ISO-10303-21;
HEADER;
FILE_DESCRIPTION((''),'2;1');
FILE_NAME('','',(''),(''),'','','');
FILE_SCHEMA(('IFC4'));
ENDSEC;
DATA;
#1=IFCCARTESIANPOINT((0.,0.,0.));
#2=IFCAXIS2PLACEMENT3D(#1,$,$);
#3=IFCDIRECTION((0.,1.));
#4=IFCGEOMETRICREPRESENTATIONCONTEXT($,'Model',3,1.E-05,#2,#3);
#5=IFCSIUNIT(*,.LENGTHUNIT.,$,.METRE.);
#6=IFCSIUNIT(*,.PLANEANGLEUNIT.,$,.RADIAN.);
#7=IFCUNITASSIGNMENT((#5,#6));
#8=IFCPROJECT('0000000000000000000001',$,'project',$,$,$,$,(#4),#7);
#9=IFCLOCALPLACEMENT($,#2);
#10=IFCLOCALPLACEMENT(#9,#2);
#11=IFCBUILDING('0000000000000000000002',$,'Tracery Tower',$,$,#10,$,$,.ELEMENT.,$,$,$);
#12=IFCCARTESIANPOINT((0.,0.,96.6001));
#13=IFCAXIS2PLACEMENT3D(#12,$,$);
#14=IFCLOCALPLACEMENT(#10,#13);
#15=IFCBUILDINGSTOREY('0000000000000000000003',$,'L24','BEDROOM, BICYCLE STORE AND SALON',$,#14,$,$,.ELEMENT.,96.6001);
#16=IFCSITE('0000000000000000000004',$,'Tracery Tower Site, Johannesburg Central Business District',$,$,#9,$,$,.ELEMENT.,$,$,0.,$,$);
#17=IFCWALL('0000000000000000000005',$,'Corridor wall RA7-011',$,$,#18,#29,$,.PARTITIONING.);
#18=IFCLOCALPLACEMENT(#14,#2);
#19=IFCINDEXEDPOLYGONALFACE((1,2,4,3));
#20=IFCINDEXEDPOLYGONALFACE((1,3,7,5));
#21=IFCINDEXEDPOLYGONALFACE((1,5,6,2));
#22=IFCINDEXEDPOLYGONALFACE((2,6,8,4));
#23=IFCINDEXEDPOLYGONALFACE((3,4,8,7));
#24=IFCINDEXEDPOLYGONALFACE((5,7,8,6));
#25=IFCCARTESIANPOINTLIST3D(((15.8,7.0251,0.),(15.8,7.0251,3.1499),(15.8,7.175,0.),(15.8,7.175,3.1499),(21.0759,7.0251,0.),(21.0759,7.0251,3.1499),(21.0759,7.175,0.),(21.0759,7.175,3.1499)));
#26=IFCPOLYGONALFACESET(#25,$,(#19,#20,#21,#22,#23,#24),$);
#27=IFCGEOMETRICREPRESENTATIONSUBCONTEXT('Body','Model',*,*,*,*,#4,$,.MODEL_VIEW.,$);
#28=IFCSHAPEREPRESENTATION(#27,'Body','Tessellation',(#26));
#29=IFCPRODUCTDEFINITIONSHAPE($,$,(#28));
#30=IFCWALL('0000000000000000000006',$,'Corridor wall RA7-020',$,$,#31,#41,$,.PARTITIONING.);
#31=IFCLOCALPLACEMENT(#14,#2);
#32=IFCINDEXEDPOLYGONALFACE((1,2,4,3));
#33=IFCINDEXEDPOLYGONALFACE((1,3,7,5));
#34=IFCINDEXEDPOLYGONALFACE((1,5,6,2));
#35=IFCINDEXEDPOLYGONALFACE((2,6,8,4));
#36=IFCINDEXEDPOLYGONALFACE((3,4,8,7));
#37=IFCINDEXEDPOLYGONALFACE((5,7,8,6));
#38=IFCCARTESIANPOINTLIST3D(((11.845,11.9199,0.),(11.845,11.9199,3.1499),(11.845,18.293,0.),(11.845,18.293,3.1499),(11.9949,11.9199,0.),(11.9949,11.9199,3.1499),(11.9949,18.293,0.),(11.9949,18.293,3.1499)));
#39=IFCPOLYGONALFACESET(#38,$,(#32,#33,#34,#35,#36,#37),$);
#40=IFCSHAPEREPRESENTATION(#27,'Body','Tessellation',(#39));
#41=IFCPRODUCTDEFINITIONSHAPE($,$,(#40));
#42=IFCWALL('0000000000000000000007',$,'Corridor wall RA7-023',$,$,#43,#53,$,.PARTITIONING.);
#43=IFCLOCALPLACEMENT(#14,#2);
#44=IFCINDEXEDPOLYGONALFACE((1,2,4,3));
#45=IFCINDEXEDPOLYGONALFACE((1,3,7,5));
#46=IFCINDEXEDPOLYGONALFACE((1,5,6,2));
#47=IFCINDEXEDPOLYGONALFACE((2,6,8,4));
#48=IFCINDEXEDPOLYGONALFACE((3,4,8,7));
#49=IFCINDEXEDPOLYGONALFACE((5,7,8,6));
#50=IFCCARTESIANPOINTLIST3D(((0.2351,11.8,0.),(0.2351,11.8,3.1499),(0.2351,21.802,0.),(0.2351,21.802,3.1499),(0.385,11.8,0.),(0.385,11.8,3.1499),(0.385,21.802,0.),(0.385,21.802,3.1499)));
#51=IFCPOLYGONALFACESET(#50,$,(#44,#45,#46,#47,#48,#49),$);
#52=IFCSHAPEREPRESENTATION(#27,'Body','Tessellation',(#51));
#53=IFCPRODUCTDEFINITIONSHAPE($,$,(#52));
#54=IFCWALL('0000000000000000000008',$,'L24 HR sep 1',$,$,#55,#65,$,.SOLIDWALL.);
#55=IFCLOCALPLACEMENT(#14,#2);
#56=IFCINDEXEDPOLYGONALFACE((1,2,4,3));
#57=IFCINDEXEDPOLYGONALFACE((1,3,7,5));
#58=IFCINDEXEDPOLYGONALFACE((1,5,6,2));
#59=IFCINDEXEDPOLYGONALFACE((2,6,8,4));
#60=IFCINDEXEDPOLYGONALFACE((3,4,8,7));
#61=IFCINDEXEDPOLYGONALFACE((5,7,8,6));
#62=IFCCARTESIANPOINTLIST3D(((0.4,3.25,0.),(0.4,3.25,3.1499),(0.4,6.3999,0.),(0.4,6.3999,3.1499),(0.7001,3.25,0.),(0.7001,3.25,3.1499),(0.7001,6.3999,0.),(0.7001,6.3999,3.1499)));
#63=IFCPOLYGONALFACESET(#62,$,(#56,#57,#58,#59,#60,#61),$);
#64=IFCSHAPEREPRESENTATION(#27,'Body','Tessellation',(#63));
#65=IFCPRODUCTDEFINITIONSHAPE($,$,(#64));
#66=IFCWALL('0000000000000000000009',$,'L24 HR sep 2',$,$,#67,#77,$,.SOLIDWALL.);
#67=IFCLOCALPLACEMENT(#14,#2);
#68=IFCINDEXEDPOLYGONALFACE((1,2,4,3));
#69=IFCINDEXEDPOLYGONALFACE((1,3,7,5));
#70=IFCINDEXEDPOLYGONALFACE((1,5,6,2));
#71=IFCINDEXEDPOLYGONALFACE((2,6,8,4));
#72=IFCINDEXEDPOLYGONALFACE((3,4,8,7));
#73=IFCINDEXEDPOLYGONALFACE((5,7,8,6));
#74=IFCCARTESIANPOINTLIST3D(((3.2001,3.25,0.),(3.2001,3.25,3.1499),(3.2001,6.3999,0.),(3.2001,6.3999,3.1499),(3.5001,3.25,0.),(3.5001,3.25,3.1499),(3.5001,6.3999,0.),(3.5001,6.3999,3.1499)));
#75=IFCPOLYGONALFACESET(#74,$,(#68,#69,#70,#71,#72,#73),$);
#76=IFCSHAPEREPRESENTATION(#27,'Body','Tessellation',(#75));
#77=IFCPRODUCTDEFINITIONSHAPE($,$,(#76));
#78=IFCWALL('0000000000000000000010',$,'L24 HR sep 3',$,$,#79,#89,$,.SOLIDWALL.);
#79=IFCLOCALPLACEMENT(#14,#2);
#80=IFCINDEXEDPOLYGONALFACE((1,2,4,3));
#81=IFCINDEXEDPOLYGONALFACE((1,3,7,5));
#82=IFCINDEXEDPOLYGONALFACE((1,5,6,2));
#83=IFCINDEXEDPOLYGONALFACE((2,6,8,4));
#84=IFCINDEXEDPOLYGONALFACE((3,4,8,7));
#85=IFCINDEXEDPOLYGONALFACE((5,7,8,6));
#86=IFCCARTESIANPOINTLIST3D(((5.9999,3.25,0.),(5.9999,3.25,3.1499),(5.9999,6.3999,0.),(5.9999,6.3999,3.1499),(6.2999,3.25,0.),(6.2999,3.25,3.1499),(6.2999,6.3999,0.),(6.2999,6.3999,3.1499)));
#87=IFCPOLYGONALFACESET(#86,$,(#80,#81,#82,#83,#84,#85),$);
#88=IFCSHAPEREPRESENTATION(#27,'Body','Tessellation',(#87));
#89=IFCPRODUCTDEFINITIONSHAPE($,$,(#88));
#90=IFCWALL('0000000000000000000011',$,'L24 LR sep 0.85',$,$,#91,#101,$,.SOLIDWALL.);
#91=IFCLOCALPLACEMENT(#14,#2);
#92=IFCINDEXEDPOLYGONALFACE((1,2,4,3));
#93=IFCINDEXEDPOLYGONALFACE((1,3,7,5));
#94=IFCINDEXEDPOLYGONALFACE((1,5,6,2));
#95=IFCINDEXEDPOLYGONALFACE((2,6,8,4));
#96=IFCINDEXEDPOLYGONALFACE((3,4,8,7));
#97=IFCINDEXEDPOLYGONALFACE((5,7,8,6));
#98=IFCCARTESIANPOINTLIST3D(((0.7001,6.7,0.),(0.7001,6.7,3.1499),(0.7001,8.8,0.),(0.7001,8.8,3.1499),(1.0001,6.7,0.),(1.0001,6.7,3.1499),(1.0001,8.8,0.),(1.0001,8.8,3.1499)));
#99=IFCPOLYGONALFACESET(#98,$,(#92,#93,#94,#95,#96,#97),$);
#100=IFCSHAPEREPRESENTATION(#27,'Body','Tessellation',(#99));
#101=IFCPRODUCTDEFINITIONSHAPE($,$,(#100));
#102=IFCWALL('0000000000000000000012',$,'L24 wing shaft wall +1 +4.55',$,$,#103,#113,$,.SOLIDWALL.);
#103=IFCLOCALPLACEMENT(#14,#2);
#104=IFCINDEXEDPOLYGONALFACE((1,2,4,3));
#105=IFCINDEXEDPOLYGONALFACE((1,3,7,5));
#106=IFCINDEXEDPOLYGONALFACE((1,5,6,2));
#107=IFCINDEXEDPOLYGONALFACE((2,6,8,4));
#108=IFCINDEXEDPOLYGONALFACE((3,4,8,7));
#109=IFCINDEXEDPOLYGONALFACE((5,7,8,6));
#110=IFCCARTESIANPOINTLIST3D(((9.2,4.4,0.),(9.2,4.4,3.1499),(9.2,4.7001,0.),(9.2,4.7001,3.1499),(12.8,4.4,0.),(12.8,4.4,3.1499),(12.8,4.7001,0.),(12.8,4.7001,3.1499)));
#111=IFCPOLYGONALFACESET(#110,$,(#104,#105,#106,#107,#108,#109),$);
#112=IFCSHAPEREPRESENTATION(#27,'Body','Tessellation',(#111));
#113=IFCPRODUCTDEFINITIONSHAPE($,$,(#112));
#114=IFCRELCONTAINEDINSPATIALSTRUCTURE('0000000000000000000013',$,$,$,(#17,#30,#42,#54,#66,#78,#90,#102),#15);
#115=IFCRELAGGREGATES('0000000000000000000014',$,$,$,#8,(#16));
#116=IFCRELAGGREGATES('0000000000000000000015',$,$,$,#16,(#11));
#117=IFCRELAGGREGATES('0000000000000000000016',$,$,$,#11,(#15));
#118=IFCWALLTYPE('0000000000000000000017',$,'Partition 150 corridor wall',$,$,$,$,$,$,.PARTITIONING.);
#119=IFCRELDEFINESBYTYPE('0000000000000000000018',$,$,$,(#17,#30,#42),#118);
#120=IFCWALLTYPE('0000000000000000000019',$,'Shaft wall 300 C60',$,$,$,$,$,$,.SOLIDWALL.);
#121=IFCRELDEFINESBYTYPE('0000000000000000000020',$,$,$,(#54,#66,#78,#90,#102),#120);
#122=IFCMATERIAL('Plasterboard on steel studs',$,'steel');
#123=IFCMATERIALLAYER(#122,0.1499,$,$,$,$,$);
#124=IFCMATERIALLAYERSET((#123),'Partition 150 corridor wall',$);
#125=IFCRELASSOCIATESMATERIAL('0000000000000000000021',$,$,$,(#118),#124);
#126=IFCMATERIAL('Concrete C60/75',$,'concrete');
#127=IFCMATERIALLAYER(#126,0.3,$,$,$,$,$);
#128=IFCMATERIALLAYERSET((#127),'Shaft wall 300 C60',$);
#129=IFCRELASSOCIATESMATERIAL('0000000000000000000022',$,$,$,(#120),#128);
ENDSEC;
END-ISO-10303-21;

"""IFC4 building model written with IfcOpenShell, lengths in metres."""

from ifc_helpers import new_model, si_unit, direction, frame, frame_2d, origin, place, context, subcontext, project, spatial, rectangle, extrude, material, layer, layer_set, type_object, element, save


model = new_model("IFC4")

# Units and contexts
model_context = context("Model", 3, precision=1e-05, world=origin(), true_north=direction((0.0, 1.0)))
body_context = subcontext(model_context, "Body", "Model", "MODEL_VIEW")
ifc_project = project(units=[si_unit("LENGTHUNIT", "METRE"), si_unit("PLANEANGLEUNIT", "RADIAN")], contexts=[model_context])

# Site, building, storey
site_placement = place(None, origin())
site = spatial("IfcSite", under=ifc_project, at=site_placement, Name="Tracery Tower Site, Johannesburg Central Business District", CompositionType="ELEMENT", RefElevation=0.0)
building_placement = place(site_placement, origin())
building = spatial("IfcBuilding", under=site, at=building_placement, Name="Tracery Tower", CompositionType="ELEMENT")
storey_placement = place(building_placement, frame((0.0, 0.0, 96.6001)))
storey = spatial("IfcBuildingStorey", under=building, at=storey_placement, Name="L24", Description="BEDROOM, BICYCLE STORE AND SALON", CompositionType="ELEMENT", Elevation=96.6001)

# Shared definitions
ifc_material_1 = material(Name="Plasterboard on steel studs", Category="steel")
ifc_layer_1 = layer(ifc_material_1, 0.1499)
ifc_layer_set_1 = layer_set([ifc_layer_1], Name="Partition 150 corridor wall")
wall_type_1 = type_object("IfcWallType", Name="Partition 150 corridor wall", PredefinedType="PARTITIONING", material=ifc_layer_set_1)

# Walls
wall_1_placement = place(storey_placement, frame((15.8, 7.1001, 0.0), z_axis=(0.0, 0.0, 1.0), x_axis=(1.0, 0.0, 0.0)))
element("IfcWall", 1, at=wall_1_placement, inside=storey, type_object=wall_type_1, Name="Corridor wall RA7-011", PredefinedType="PARTITIONING", context=body_context, shape_type="SweptSolid", body=[
    extrude(rectangle(XDim=5.2759, YDim=0.1499, at=frame_2d((2.6379, 0.0))), origin(), (0.0, 0.0, 1.0), 3.1499),
])
wall_2_placement = place(storey_placement, frame((11.9199, 11.9199, 0.0), z_axis=(0.0, 0.0, 1.0), x_axis=(0.0, 1.0, 0.0)))
element("IfcWall", 2, at=wall_2_placement, inside=storey, type_object=wall_type_1, Name="Corridor wall RA7-020", PredefinedType="PARTITIONING", context=body_context, shape_type="SweptSolid", body=[
    extrude(rectangle(XDim=6.373, YDim=0.1499, at=frame_2d((3.1865, 0.0))), origin(), (0.0, 0.0, 1.0), 3.1499),
])
wall_3_placement = place(storey_placement, frame((0.3101, 11.8, 0.0), z_axis=(0.0, 0.0, 1.0), x_axis=(0.0, 1.0, 0.0)))
element("IfcWall", 3, at=wall_3_placement, inside=storey, type_object=wall_type_1, Name="Corridor wall RA7-023", PredefinedType="PARTITIONING", context=body_context, shape_type="SweptSolid", body=[
    extrude(rectangle(XDim=10.002, YDim=0.1499, at=frame_2d((5.001, 0.0))), origin(), (0.0, 0.0, 1.0), 3.1499),
])
ifc_material_2 = material(Name="Concrete C60/75", Category="concrete")
ifc_layer_2 = layer(ifc_material_2, 0.3)
ifc_layer_set_2 = layer_set([ifc_layer_2], Name="Shaft wall 300 C60")
wall_type_2 = type_object("IfcWallType", Name="Shaft wall 300 C60", PredefinedType="SOLIDWALL", material=ifc_layer_set_2)
for number, where, z_axis, x_axis, name in (
    (4, (0.55, 3.25, 0.0), (0.0, 0.0, 1.0), (0.0, 1.0, 0.0), "L24 HR sep 1"),
    (5, (3.3501, 3.25, 0.0), (0.0, 0.0, 1.0), (0.0, 1.0, 0.0), "L24 HR sep 2"),
    (6, (6.1499, 3.25, 0.0), (0.0, 0.0, 1.0), (0.0, 1.0, 0.0), "L24 HR sep 3"),
):
    element("IfcWall", number, at=place(storey_placement, frame(where, z_axis=z_axis, x_axis=x_axis)), inside=storey, type_object=wall_type_2, Name=name, PredefinedType="SOLIDWALL", context=body_context, shape_type="SweptSolid", body=[
        extrude(rectangle(XDim=3.1499, YDim=0.3, at=frame_2d((1.575, 0.0))), origin(), (0.0, 0.0, 1.0), 3.1499),
    ])
wall_4_placement = place(storey_placement, frame((0.8501, 6.7, 0.0), z_axis=(0.0, 0.0, 1.0), x_axis=(0.0, 1.0, 0.0)))
element("IfcWall", 7, at=wall_4_placement, inside=storey, type_object=wall_type_2, Name="L24 LR sep 0.85", PredefinedType="SOLIDWALL", context=body_context, shape_type="SweptSolid", body=[
    extrude(rectangle(XDim=2.1001, YDim=0.3, at=frame_2d((1.05, 0.0))), origin(), (0.0, 0.0, 1.0), 3.1499),
])
wall_5_placement = place(storey_placement, frame((9.2, 4.55, 0.0), z_axis=(0.0, 0.0, 1.0), x_axis=(1.0, 0.0, 0.0)))
element("IfcWall", 8, at=wall_5_placement, inside=storey, type_object=wall_type_2, Name="L24 wing shaft wall +1 +4.55", PredefinedType="SOLIDWALL", context=body_context, shape_type="SweptSolid", body=[
    extrude(rectangle(XDim=3.6001, YDim=0.3, at=frame_2d((1.8, 0.0))), origin(), (0.0, 0.0, 1.0), 3.1499),
])

save(model, "model.ifc")
